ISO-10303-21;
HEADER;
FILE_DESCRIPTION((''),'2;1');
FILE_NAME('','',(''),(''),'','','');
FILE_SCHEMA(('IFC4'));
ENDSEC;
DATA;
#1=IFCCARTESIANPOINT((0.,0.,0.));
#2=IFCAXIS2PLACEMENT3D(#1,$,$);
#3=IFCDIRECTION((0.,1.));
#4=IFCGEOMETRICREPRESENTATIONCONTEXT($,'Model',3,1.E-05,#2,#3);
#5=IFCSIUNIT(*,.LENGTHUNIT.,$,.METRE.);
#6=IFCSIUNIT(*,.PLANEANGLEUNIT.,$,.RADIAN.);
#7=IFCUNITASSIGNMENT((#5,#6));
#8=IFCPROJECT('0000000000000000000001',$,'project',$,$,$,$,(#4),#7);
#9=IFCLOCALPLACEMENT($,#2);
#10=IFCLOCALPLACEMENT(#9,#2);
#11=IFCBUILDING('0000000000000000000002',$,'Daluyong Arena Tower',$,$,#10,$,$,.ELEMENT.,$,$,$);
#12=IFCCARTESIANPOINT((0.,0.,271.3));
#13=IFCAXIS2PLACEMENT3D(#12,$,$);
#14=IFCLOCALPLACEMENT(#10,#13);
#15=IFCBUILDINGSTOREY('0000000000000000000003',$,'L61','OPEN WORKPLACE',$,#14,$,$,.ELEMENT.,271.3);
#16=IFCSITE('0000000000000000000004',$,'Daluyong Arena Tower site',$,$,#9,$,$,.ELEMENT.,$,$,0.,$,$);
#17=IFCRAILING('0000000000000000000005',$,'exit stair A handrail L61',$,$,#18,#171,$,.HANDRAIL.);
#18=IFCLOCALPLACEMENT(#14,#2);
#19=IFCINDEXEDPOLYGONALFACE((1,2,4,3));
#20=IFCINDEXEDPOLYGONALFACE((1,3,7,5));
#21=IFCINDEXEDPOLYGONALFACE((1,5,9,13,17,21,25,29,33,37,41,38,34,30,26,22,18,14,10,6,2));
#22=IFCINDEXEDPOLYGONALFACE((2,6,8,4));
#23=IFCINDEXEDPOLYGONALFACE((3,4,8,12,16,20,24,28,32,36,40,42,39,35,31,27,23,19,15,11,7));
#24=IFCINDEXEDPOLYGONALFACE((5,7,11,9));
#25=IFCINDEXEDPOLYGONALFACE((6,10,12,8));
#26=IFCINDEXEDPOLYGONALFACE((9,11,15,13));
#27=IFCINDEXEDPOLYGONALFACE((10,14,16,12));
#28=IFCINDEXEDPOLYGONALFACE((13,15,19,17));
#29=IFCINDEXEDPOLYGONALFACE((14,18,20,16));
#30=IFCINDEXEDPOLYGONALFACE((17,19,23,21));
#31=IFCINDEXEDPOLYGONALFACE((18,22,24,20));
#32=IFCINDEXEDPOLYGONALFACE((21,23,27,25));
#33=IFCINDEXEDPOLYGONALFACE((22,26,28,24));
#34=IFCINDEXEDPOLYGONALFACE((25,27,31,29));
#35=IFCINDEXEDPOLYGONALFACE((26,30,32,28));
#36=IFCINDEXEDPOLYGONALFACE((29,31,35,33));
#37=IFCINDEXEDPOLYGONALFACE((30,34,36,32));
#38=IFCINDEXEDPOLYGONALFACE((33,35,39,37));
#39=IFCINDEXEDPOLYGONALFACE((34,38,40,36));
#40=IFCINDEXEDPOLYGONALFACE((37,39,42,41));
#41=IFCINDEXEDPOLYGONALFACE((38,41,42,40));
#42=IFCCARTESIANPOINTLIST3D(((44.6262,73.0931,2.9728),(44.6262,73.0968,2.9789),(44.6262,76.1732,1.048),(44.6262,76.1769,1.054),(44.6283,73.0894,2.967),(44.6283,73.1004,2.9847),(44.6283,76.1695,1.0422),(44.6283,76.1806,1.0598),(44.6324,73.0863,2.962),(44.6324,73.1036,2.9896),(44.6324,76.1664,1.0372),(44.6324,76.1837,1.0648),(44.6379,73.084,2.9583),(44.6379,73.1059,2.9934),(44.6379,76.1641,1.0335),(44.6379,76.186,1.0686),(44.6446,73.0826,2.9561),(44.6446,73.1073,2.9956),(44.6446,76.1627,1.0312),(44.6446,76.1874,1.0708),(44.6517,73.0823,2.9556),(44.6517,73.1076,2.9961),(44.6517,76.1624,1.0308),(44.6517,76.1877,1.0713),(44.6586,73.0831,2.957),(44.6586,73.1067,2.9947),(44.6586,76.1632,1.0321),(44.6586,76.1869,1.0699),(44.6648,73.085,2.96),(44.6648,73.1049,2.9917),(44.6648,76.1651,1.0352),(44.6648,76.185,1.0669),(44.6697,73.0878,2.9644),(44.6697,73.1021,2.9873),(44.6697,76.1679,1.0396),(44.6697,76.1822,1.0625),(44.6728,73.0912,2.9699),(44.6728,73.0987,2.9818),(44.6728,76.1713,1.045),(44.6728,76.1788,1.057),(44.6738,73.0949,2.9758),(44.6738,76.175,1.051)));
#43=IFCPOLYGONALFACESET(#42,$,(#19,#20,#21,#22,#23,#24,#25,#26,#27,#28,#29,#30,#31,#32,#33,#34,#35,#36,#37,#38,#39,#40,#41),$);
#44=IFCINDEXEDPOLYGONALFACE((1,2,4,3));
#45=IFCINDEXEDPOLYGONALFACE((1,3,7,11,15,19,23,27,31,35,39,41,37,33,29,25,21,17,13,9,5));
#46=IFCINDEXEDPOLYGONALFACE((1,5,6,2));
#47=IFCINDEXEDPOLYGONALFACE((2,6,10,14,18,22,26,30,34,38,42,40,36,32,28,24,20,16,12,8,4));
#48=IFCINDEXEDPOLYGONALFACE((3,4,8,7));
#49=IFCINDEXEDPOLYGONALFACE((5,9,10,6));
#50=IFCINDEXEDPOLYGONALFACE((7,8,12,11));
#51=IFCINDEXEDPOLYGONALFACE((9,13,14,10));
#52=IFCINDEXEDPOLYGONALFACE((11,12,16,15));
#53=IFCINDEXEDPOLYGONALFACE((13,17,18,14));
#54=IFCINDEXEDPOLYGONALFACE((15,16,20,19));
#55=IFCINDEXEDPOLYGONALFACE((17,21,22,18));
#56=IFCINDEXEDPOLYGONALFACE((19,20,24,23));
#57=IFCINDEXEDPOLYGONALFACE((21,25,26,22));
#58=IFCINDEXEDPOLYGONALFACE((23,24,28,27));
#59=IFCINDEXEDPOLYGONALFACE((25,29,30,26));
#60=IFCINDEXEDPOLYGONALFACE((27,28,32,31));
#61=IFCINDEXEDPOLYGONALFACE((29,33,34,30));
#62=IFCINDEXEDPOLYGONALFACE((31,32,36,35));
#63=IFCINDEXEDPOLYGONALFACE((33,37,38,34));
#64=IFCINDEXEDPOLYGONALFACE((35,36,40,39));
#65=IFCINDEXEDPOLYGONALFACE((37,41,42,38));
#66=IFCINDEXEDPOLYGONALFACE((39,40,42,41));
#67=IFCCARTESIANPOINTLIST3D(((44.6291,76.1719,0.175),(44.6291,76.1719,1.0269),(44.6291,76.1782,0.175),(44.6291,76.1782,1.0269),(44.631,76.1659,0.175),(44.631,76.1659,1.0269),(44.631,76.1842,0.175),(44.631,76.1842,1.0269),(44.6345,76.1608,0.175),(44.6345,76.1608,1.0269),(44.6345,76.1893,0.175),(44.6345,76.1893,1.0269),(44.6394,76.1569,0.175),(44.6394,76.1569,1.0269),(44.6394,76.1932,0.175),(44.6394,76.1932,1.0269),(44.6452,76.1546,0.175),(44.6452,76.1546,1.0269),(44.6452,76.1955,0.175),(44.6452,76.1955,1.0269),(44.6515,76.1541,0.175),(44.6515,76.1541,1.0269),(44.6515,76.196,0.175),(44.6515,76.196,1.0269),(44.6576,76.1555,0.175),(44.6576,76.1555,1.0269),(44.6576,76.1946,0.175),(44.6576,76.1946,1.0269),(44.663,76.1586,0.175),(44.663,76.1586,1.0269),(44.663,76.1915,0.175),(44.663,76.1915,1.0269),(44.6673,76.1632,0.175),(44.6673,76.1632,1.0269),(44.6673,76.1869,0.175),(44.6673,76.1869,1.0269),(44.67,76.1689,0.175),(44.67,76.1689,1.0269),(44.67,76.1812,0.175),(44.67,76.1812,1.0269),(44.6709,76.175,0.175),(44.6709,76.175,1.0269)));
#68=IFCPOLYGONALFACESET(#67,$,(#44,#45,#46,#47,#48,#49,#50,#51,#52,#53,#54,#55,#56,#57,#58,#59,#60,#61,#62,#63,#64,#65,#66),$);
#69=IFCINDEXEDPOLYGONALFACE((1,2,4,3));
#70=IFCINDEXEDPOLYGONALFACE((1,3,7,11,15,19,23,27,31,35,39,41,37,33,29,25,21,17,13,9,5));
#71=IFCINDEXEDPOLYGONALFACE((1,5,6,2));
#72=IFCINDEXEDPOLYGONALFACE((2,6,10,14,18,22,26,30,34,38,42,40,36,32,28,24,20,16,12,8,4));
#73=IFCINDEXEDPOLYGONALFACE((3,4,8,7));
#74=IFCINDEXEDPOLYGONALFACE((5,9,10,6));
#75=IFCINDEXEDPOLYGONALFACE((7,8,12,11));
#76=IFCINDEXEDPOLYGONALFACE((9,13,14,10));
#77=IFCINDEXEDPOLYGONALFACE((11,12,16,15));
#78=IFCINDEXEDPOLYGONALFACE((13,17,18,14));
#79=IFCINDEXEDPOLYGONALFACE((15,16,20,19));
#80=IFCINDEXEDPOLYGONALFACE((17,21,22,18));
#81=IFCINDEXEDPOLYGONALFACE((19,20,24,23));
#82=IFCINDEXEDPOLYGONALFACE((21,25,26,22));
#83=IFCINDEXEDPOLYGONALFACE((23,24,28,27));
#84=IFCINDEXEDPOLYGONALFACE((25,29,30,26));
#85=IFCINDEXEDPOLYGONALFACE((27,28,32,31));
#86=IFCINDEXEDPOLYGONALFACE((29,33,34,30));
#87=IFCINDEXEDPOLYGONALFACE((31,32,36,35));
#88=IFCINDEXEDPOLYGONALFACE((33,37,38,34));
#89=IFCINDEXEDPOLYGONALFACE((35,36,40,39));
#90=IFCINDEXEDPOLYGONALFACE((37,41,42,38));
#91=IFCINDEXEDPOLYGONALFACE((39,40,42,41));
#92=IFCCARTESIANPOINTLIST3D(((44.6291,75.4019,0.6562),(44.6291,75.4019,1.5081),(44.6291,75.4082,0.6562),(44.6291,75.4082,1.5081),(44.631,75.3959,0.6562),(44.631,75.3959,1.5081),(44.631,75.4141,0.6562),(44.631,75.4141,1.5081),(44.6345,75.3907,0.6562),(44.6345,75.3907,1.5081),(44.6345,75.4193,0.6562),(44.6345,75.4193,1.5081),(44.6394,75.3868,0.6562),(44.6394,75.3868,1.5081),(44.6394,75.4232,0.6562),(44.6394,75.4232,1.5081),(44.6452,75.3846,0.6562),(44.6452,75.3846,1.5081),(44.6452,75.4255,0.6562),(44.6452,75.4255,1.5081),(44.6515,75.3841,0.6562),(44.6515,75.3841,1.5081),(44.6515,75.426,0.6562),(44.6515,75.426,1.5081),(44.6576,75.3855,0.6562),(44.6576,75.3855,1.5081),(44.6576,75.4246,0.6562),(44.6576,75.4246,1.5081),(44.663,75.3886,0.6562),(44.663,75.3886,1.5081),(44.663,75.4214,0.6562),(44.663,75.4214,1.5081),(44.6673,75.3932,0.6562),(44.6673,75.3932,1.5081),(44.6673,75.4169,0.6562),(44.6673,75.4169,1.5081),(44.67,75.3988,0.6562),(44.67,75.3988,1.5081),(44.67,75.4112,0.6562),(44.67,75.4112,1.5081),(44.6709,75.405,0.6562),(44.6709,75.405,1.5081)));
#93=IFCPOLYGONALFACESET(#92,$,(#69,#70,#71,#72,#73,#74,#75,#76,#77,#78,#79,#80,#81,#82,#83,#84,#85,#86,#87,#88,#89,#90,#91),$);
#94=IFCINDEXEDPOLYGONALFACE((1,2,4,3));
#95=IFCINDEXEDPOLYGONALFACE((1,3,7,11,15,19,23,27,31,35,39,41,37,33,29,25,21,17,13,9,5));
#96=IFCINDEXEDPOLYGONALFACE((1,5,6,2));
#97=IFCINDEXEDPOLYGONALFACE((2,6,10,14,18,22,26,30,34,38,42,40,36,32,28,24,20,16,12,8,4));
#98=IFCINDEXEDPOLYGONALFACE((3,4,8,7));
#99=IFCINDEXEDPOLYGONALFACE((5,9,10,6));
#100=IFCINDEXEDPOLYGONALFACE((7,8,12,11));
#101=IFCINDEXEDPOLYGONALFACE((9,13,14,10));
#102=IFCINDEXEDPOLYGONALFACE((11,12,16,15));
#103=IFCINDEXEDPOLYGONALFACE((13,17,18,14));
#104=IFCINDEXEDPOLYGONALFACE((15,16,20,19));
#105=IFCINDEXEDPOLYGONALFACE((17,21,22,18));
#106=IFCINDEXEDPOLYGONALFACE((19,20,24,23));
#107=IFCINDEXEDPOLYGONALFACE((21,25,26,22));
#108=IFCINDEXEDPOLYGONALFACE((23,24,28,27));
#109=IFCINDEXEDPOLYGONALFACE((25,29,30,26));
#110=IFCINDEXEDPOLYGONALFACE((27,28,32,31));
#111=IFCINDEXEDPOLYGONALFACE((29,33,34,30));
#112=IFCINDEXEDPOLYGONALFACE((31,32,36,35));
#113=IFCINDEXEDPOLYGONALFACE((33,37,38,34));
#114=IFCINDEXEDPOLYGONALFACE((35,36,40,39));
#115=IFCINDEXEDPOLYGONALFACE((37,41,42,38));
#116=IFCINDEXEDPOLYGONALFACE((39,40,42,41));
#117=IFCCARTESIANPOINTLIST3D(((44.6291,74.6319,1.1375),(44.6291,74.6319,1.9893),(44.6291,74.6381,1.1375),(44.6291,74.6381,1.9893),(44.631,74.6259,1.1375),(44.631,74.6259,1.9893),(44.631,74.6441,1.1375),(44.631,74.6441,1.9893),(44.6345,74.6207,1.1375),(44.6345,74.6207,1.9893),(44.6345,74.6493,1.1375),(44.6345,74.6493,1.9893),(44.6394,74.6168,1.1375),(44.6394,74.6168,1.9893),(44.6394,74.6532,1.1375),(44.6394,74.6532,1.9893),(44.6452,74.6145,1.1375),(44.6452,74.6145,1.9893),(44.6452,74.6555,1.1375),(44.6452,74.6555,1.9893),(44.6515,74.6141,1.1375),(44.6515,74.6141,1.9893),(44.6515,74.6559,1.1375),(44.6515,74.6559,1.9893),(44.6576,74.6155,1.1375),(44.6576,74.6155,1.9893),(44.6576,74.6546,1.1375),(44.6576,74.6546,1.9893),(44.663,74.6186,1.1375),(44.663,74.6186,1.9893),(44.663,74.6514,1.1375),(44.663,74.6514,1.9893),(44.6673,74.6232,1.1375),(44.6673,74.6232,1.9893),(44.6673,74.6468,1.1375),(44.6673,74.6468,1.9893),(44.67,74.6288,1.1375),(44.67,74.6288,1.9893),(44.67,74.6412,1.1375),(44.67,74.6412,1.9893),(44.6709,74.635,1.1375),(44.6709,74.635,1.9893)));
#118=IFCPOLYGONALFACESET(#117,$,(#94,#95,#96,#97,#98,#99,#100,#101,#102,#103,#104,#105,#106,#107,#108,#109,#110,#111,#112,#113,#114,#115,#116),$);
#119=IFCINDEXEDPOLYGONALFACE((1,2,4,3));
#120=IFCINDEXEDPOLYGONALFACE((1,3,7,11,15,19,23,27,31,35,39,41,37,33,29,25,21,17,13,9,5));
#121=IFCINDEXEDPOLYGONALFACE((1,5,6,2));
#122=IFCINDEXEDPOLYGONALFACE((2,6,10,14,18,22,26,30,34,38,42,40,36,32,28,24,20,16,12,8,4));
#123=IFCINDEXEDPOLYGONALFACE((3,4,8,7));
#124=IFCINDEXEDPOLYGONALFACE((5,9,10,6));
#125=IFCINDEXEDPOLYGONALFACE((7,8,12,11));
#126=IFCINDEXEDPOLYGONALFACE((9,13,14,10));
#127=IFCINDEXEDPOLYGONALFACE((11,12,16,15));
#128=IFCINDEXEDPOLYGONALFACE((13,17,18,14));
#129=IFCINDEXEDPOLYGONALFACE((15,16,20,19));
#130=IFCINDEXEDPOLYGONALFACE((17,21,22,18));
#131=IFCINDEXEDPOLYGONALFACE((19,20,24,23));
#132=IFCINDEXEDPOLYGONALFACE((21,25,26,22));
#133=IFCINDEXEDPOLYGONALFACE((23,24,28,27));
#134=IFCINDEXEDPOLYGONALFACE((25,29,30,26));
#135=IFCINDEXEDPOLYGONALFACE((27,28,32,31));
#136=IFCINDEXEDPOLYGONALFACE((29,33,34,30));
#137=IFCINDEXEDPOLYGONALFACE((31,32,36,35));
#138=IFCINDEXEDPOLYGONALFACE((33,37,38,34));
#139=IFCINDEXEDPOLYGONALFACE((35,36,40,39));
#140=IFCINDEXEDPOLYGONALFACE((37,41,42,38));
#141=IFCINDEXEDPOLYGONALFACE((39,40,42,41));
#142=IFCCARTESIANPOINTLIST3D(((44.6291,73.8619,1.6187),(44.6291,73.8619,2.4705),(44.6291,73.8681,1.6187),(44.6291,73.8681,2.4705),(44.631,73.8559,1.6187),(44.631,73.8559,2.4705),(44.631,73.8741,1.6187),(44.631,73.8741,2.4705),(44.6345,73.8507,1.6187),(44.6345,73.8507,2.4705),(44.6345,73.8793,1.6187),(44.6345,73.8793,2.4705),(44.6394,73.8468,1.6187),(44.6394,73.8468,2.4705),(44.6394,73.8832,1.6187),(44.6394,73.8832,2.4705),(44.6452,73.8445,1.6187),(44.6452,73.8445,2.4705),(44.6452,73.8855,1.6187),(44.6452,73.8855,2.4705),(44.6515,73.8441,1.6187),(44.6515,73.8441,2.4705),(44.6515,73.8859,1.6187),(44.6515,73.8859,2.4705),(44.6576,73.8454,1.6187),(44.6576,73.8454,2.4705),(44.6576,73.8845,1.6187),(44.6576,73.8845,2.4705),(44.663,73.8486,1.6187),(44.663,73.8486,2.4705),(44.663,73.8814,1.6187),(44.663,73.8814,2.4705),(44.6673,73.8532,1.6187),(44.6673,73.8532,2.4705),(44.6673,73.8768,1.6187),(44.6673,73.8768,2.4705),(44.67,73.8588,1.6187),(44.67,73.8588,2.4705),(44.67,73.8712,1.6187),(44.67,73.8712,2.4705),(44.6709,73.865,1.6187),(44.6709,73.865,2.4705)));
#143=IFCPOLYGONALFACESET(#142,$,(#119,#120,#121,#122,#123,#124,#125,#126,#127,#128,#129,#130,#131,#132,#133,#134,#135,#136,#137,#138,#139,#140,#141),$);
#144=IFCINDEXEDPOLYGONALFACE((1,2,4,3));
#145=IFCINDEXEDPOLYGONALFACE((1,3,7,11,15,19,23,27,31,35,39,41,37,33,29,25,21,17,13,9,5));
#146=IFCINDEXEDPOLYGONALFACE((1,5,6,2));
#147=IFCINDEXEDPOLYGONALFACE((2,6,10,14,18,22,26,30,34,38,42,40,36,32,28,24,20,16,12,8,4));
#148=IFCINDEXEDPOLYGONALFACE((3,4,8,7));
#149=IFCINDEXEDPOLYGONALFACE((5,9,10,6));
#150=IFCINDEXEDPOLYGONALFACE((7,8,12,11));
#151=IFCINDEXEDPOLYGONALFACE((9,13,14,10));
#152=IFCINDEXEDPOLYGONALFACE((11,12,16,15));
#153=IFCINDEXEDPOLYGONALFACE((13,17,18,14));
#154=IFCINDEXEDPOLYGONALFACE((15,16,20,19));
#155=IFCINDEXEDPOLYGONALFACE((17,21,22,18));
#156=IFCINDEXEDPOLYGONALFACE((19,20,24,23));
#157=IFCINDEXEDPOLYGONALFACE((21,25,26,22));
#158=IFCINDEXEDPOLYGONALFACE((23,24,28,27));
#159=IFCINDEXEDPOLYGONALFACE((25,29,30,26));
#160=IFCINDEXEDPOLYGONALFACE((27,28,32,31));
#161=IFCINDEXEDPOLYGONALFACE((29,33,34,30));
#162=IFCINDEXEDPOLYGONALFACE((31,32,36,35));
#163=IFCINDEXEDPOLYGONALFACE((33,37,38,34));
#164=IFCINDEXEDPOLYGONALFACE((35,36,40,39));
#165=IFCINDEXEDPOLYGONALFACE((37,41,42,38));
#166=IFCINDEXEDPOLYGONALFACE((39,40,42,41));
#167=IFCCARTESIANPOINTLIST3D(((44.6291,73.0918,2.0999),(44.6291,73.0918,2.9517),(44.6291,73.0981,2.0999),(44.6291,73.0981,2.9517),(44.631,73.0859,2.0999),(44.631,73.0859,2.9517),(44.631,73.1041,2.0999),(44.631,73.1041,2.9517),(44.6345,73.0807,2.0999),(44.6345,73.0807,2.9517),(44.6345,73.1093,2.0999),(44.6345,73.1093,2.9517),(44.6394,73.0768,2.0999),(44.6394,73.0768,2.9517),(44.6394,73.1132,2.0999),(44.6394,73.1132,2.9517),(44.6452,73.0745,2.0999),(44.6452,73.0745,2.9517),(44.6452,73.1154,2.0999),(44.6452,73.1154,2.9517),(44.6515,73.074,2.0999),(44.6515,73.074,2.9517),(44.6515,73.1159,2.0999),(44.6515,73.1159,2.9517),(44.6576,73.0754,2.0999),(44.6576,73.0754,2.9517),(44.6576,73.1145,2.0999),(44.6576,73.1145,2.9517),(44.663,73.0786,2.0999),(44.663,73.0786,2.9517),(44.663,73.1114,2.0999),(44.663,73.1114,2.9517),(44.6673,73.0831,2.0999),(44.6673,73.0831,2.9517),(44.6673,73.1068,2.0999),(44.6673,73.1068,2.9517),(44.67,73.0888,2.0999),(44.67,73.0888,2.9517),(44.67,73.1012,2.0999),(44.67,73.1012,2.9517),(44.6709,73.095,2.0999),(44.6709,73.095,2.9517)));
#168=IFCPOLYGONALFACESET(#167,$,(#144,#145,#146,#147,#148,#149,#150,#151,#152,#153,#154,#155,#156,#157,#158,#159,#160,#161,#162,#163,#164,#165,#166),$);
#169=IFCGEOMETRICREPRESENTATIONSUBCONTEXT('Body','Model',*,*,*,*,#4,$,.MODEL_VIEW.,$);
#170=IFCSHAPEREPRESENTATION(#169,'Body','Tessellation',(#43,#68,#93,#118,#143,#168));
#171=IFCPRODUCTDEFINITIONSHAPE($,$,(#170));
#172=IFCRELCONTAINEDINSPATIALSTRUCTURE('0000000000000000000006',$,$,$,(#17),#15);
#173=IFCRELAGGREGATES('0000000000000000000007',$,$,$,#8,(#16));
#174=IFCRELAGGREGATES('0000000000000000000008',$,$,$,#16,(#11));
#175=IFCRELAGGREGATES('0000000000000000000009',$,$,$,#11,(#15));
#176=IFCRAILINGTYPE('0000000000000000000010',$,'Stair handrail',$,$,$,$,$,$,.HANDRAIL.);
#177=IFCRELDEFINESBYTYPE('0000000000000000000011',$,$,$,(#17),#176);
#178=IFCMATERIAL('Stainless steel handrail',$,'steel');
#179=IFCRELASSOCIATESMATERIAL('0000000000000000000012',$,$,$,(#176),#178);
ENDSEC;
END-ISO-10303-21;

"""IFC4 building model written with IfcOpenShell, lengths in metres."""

from ifc_helpers import new_model, si_unit, direction, frame, origin, origin_2d, place, context, subcontext, project, spatial, circle, extrude, material, type_object, element, save


model = new_model("IFC4")

# Units and contexts
model_context = context("Model", 3, precision=1e-05, world=origin(), true_north=direction((0.0, 1.0)))
body_context = subcontext(model_context, "Body", "Model", "MODEL_VIEW")
ifc_project = project(units=[si_unit("LENGTHUNIT", "METRE"), si_unit("PLANEANGLEUNIT", "RADIAN")], contexts=[model_context])

# Site, building, storey
site_placement = place(None, origin())
site = spatial("IfcSite", under=ifc_project, at=site_placement, Name="Daluyong Arena Tower site", CompositionType="ELEMENT", RefElevation=0.0)
building_placement = place(site_placement, origin())
building = spatial("IfcBuilding", under=site, at=building_placement, Name="Daluyong Arena Tower", CompositionType="ELEMENT")
storey_placement = place(building_placement, frame((0.0, 0.0, 271.3)))
storey = spatial("IfcBuildingStorey", under=building, at=storey_placement, Name="L61", Description="OPEN WORKPLACE", CompositionType="ELEMENT", Elevation=271.3)

# Railing
ifc_material_1 = material(Name="Stainless steel handrail", Category="steel")
railing_type_1 = type_object("IfcRailingType", Name="Stair handrail", PredefinedType="HANDRAIL", material=ifc_material_1)
railing_1_placement = place(storey_placement, frame((44.6499, 76.175, 0.175)))
element("IfcRailing", 1, at=railing_1_placement, inside=storey, type_object=railing_type_1, Name="exit stair A handrail L61", PredefinedType="HANDRAIL", context=body_context, shape_type="SweptSolid", body=[
    extrude(circle(Radius=0.0239, at=origin_2d()), frame((0.0, 0.0, 0.876), z_axis=(0.0, -0.848029, 0.529951), x_axis=(1.0, 0.0, 0.0)), (0.0, 0.0, 1.0), 3.6321),
    extrude(circle(Radius=0.021, at=origin_2d()), origin(), (0.0, 0.0, 1.0), 0.8518),
    extrude(circle(Radius=0.021, at=origin_2d()), frame((0.0, -0.77, 0.4812)), (0.0, 0.0, 1.0), 0.8518),
    extrude(circle(Radius=0.021, at=origin_2d()), frame((0.0, -1.54, 0.9624)), (0.0, 0.0, 1.0), 0.8518),
    extrude(circle(Radius=0.021, at=origin_2d()), frame((0.0, -2.3101, 1.4436)), (0.0, 0.0, 1.0), 0.8518),
    extrude(circle(Radius=0.021, at=origin_2d()), frame((0.0, -3.0801, 1.9248)), (0.0, 0.0, 1.0), 0.8518),
])

save(model, "model.ifc")
